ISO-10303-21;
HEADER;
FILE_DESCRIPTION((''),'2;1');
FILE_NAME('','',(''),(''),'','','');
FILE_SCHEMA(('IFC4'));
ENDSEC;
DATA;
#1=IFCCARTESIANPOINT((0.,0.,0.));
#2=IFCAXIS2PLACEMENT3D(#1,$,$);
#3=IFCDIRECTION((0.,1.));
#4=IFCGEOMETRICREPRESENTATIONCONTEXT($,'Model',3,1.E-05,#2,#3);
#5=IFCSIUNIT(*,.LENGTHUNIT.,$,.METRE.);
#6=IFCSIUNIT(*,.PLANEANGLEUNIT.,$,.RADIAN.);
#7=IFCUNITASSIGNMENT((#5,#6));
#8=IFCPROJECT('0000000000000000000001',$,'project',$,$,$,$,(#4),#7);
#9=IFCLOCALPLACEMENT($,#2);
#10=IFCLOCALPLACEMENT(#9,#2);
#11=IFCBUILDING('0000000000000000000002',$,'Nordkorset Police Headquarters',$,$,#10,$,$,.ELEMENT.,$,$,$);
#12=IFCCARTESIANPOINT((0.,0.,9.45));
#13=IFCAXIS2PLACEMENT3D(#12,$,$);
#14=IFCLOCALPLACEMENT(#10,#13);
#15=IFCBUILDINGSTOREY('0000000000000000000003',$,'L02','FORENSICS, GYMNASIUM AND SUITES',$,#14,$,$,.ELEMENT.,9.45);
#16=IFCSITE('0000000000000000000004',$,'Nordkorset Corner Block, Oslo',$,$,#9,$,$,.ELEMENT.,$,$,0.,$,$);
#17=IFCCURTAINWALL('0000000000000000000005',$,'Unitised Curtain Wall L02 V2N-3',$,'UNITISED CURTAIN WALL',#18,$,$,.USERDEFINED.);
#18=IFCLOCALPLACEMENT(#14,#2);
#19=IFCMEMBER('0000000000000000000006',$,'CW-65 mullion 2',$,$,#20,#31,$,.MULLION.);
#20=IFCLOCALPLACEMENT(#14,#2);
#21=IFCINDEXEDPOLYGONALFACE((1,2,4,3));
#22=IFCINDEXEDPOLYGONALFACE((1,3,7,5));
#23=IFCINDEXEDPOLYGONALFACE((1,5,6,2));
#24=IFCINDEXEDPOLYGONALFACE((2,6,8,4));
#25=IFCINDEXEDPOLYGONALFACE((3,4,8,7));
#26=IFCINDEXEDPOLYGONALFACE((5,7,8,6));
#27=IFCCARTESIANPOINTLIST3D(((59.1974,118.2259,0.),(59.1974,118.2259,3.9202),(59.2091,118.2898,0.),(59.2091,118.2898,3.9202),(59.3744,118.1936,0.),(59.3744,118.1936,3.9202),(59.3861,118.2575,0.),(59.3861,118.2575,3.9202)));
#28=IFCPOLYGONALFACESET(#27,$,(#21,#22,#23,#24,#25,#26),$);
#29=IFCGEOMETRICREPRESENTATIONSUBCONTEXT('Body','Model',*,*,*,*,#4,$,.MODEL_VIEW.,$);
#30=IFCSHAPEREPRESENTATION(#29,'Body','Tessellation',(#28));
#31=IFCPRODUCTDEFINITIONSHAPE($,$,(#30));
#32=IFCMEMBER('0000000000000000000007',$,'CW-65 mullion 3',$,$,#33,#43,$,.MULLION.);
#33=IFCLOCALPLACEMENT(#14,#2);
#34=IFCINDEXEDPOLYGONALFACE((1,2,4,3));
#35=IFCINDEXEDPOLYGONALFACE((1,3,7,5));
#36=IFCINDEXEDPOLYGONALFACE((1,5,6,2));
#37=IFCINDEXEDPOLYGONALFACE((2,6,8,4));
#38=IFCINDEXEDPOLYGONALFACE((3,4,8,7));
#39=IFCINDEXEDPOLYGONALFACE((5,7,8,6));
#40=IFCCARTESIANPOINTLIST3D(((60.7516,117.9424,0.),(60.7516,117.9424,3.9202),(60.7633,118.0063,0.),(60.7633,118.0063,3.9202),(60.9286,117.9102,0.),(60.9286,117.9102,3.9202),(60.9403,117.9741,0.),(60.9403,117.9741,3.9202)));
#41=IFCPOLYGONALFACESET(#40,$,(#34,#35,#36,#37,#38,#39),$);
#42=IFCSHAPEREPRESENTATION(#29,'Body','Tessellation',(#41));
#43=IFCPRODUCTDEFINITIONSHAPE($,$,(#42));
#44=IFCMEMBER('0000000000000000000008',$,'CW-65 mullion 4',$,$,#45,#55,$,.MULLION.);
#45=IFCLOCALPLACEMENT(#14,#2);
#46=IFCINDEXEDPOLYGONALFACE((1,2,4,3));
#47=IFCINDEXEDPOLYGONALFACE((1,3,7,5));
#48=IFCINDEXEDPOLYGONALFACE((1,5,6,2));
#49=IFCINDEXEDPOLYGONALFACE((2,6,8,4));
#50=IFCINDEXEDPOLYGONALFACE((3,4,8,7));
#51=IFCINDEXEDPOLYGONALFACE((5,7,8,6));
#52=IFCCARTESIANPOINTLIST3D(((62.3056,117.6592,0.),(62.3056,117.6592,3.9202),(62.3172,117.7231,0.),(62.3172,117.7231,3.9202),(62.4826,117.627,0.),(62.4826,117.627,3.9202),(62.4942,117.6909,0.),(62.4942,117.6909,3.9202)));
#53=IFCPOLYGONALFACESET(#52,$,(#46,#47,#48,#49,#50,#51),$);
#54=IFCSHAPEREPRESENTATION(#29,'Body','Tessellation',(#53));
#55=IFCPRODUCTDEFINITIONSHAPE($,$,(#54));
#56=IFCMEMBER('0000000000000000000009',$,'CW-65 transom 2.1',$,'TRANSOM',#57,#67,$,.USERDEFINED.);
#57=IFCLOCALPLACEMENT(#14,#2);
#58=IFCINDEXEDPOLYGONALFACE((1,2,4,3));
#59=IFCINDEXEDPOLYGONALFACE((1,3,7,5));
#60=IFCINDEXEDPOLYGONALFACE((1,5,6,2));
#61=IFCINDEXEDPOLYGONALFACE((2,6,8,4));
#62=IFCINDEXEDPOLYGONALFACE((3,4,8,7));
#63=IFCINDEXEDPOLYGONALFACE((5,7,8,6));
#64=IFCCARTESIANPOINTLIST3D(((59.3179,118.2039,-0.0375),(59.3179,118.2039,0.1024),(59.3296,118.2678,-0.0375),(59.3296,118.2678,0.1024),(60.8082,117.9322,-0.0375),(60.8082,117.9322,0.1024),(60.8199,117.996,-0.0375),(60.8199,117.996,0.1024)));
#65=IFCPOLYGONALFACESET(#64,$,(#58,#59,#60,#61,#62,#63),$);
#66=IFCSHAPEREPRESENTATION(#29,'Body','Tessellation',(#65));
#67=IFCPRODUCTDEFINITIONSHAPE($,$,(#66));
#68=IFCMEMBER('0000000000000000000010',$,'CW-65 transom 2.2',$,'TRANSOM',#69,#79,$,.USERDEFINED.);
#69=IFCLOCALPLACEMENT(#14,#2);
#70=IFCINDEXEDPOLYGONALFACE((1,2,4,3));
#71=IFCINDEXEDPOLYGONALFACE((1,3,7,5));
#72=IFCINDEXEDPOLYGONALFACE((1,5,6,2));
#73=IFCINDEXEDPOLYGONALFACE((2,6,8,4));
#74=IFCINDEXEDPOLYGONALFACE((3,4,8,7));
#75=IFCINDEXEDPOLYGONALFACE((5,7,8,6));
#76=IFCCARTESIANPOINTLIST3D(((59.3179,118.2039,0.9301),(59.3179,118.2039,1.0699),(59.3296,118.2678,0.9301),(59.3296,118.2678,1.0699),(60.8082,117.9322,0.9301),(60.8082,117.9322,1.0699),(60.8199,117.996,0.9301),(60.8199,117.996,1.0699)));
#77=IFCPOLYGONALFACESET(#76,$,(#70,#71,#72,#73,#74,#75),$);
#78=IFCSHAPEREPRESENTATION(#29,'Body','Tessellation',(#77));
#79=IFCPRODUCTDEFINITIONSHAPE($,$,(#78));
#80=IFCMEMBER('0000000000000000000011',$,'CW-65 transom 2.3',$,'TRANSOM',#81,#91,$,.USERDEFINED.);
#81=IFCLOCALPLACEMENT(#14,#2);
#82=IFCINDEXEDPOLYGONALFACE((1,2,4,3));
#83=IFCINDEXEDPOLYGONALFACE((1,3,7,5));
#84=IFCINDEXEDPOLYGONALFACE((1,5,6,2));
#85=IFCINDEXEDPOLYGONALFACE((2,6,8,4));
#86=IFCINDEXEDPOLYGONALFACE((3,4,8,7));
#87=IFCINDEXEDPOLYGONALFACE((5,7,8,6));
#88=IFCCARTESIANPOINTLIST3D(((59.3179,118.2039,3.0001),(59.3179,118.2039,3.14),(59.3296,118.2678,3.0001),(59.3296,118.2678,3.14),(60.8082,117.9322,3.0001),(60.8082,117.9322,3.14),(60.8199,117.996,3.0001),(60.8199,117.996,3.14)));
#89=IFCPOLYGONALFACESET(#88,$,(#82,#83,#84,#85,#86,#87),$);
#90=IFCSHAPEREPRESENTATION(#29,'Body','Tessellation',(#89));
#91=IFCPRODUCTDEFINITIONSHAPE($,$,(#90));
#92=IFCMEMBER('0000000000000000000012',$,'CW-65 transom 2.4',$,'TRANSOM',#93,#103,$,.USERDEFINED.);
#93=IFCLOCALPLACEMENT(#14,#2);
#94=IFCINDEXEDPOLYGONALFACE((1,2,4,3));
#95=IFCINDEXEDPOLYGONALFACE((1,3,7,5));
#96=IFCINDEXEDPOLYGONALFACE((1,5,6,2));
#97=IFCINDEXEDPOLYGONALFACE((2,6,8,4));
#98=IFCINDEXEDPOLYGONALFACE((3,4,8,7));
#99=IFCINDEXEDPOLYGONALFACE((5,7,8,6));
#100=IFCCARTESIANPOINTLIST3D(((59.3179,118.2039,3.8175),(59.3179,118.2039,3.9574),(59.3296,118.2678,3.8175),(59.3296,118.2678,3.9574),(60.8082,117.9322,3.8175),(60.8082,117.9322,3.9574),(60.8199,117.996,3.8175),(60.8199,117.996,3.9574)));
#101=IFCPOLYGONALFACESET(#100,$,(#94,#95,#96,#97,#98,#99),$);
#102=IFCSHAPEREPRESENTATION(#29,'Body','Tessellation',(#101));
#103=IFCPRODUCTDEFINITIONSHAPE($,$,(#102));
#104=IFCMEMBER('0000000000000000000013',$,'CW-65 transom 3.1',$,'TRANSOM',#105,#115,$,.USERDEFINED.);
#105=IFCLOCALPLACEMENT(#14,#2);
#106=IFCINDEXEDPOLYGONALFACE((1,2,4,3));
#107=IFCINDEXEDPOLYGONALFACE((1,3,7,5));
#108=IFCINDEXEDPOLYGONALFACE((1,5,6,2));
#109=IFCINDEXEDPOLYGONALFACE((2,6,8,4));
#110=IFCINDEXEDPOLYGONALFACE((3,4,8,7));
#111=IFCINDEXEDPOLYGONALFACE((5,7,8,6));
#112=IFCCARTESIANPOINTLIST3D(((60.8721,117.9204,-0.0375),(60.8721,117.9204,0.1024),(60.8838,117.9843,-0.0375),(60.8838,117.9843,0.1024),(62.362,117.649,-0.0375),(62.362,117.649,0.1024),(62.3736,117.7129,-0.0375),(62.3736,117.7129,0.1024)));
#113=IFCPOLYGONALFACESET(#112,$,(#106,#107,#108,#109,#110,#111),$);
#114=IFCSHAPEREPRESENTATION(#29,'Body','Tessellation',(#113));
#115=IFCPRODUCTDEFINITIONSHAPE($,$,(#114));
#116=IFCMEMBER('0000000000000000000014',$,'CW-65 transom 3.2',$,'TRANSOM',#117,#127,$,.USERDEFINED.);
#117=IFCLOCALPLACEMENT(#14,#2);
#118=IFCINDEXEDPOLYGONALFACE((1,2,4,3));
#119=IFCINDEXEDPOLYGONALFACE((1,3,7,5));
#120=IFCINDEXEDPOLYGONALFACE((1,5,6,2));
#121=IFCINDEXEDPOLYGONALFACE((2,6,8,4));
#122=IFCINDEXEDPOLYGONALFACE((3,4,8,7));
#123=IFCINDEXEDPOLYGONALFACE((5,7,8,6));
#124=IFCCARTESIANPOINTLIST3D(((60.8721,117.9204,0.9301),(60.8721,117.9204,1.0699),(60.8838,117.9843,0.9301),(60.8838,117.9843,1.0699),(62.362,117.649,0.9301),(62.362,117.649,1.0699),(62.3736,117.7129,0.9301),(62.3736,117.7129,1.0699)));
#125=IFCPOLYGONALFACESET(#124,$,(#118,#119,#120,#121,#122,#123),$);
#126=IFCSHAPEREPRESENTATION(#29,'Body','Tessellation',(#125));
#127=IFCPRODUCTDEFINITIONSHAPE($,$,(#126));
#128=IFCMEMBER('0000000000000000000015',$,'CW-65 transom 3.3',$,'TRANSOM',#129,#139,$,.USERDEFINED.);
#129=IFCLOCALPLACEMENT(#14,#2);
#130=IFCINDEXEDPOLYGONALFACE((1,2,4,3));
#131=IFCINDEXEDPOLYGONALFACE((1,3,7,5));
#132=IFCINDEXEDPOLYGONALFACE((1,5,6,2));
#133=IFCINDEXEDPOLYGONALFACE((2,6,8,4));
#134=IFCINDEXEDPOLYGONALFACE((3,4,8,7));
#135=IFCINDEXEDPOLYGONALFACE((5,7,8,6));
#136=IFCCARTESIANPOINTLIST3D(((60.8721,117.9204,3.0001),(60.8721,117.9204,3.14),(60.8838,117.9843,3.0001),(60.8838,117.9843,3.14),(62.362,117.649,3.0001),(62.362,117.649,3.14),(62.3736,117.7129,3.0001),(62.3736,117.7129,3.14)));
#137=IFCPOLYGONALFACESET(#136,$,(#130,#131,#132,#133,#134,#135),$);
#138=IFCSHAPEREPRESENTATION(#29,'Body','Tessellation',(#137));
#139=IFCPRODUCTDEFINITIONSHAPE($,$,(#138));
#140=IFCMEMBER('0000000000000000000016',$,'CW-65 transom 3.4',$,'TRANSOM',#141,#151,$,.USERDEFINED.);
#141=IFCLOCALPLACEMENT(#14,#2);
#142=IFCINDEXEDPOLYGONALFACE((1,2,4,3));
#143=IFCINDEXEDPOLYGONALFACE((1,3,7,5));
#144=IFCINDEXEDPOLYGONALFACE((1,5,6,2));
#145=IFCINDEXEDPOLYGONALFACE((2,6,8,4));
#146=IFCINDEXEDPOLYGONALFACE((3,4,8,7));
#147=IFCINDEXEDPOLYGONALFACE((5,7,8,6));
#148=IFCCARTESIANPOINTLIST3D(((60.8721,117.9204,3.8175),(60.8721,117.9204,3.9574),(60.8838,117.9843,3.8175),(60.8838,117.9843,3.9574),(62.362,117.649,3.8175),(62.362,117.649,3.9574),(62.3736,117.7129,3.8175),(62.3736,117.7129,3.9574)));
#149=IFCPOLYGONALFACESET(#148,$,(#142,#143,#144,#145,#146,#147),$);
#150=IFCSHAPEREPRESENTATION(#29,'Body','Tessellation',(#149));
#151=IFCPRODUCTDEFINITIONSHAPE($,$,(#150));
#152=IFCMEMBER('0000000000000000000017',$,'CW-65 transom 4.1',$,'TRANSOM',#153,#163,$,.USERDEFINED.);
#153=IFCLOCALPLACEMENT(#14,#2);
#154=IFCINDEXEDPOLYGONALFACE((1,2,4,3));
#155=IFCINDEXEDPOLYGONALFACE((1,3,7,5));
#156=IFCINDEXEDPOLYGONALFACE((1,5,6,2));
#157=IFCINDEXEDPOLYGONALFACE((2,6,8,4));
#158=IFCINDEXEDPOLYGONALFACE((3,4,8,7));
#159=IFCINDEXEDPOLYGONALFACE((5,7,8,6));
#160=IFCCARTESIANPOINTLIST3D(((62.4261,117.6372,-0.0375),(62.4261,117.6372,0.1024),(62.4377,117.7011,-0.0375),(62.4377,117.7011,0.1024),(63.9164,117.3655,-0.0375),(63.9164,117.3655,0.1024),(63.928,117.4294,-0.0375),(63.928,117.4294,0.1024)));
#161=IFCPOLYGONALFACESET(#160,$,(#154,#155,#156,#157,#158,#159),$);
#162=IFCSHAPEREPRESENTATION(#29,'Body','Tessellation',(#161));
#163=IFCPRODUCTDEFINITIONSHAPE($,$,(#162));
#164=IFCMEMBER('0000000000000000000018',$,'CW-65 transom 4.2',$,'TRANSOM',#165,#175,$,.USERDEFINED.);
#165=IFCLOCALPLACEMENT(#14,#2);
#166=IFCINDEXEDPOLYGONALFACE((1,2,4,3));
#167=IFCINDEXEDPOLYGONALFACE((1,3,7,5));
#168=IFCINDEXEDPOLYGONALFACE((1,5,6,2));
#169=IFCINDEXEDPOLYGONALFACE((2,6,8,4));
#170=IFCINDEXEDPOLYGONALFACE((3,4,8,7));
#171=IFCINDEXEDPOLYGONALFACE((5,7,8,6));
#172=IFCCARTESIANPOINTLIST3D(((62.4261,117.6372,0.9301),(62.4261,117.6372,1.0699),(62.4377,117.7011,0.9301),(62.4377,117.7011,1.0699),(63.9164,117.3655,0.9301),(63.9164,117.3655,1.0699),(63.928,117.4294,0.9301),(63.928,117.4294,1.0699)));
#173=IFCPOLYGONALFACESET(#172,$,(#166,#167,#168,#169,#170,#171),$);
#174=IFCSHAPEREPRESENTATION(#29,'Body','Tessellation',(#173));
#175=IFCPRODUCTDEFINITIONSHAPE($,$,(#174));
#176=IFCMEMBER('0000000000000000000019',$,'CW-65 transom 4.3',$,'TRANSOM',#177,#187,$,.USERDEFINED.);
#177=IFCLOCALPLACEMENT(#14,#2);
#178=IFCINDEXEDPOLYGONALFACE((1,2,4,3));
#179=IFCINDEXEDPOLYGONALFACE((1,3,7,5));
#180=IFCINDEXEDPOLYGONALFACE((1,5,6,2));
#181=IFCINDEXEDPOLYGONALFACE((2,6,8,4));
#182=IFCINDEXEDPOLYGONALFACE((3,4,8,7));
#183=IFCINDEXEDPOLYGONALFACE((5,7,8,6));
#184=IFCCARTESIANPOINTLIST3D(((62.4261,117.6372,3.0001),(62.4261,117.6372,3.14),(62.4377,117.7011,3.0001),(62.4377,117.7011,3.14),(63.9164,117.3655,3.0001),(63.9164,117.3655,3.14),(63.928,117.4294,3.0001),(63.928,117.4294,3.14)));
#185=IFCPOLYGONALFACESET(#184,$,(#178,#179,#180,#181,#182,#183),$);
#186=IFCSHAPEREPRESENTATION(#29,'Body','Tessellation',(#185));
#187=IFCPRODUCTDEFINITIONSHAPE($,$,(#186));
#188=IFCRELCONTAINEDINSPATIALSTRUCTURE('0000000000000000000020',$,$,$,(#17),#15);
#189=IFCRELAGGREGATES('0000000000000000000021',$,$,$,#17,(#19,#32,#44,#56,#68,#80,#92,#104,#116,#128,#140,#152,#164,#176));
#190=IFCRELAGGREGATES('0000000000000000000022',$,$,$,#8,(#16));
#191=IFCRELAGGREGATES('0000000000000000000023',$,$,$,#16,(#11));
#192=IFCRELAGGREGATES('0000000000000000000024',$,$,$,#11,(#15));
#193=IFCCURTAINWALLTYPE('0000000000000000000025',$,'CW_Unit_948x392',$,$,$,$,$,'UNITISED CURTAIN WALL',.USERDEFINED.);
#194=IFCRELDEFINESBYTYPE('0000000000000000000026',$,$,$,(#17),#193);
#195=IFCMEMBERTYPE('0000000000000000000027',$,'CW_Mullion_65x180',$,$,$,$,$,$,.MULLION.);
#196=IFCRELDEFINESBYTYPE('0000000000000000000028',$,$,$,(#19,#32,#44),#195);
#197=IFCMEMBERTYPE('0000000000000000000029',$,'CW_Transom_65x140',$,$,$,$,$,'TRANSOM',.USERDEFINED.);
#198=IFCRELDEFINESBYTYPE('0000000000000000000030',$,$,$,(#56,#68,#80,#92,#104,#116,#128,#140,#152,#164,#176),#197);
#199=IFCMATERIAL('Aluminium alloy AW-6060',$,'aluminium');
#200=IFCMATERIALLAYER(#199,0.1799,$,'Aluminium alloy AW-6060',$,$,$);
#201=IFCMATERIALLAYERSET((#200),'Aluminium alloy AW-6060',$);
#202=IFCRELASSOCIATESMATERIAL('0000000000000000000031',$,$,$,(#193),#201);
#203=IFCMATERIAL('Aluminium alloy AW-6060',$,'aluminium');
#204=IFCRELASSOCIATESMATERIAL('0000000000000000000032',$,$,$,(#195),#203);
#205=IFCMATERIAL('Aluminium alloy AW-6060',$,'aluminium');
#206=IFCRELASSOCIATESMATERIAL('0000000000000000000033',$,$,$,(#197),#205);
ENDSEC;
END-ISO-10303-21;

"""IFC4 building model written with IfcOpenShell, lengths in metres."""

from ifc_helpers import new_model, si_unit, direction, frame, origin, origin_2d, place, context, subcontext, project, spatial, rectangle, extrude, material, layer, layer_set, material_profile, profile_set, type_object, element, aggregate, save


model = new_model("IFC4")

# Units and contexts
model_context = context("Model", 3, precision=1e-05, world=origin(), true_north=direction((0.0, 1.0)))
body_context = subcontext(model_context, "Body", "Model", "MODEL_VIEW")
ifc_project = project(units=[si_unit("LENGTHUNIT", "METRE"), si_unit("PLANEANGLEUNIT", "RADIAN")], contexts=[model_context])

# Site, building, storey
site_placement = place(None, origin())
site = spatial("IfcSite", under=ifc_project, at=site_placement, Name="Nordkorset Corner Block, Oslo", CompositionType="ELEMENT", RefElevation=0.0)
building_placement = place(site_placement, origin())
building = spatial("IfcBuilding", under=site, at=building_placement, Name="Nordkorset Police Headquarters", CompositionType="ELEMENT")
storey_placement = place(building_placement, frame((0.0, 0.0, 9.45)))
storey = spatial("IfcBuildingStorey", under=building, at=storey_placement, Name="L02", Description="FORENSICS, GYMNASIUM AND SUITES", CompositionType="ELEMENT", Elevation=9.45)

# Curtain wall, members
ifc_material_1 = material(Name="Aluminium alloy AW-6060", Category="aluminium")
ifc_layer_1 = layer(ifc_material_1, 0.1799, Name="Aluminium alloy AW-6060")
ifc_layer_set_1 = layer_set([ifc_layer_1], Name="Aluminium alloy AW-6060")
curtain_wall_type = type_object("IfcCurtainWallType", Name="CW_Unit_948x392", ElementType="UNITISED CURTAIN WALL", PredefinedType="USERDEFINED", material=ifc_layer_set_1)
curtain_wall_placement = place(storey_placement, origin())
curtain_wall = element("IfcCurtainWall", 1, at=curtain_wall_placement, inside=storey, type_object=curtain_wall_type, Name="Unitised Curtain Wall L02 V2N-3", ObjectType="UNITISED CURTAIN WALL", PredefinedType="USERDEFINED")
ifc_material_2 = material(Name="Aluminium alloy AW-6060", Category="aluminium")
ifc_material_profile_1 = material_profile(ifc_material_2, rectangle(XDim=0.0649, YDim=0.1799, at=origin_2d()), Name="ALU MULL 65x180")
ifc_profile_set_1 = profile_set([ifc_material_profile_1], Name="Aluminium alloy AW-6060")
member_type_1 = type_object("IfcMemberType", Name="CW_Mullion_65x180", PredefinedType="MULLION", material=ifc_profile_set_1)
member_1_placement = place(storey_placement, frame((59.2917, 118.2417, 0.0), z_axis=(0.0, 0.0, 1.0), x_axis=(0.179336, 0.983788, 0.0)))
member_1 = element("IfcMember", 2, at=member_1_placement, type_object=member_type_1, Name="CW-65 mullion 2", PredefinedType="MULLION", context=body_context, shape_type="SweptSolid", body=[
    extrude(rectangle(XDim=0.0649, YDim=0.1799, at=origin_2d()), origin(), (0.0, 0.0, 1.0), 3.9202),
])
member_2_placement = place(storey_placement, frame((60.8459, 117.9583, 0.0), z_axis=(0.0, 0.0, 1.0), x_axis=(0.179336, 0.983788, 0.0)))
member_2 = element("IfcMember", 3, at=member_2_placement, type_object=member_type_1, Name="CW-65 mullion 3", PredefinedType="MULLION", context=body_context, shape_type="SweptSolid", body=[
    extrude(rectangle(XDim=0.0649, YDim=0.1799, at=origin_2d()), origin(), (0.0, 0.0, 1.0), 3.9202),
])
member_3_placement = place(storey_placement, frame((62.3999, 117.675, 0.0), z_axis=(0.0, 0.0, 1.0), x_axis=(0.179336, 0.983788, 0.0)))
member_3 = element("IfcMember", 4, at=member_3_placement, type_object=member_type_1, Name="CW-65 mullion 4", PredefinedType="MULLION", context=body_context, shape_type="SweptSolid", body=[
    extrude(rectangle(XDim=0.0649, YDim=0.1799, at=origin_2d()), origin(), (0.0, 0.0, 1.0), 3.9202),
])
ifc_material_3 = material(Name="Aluminium alloy AW-6060", Category="aluminium")
ifc_material_profile_2 = material_profile(ifc_material_3, rectangle(XDim=0.0649, YDim=0.1399, at=origin_2d()), Name="ALU TRAN 65x140")
ifc_profile_set_2 = profile_set([ifc_material_profile_2], Name="Aluminium alloy AW-6060")
member_type_2 = type_object("IfcMemberType", Name="CW_Transom_65x140", ElementType="TRANSOM", PredefinedType="USERDEFINED", material=ifc_profile_set_2)
member_4_placement = place(storey_placement, frame((59.3237, 118.2358, 0.0325), z_axis=(0.98378, -0.179382, 0.0), x_axis=(0.179382, 0.98378, 0.0)))
member_4 = element("IfcMember", 5, at=member_4_placement, type_object=member_type_2, Name="CW-65 transom 2.1", ObjectType="TRANSOM", PredefinedType="USERDEFINED", context=body_context, shape_type="SweptSolid", body=[
    extrude(rectangle(XDim=0.0649, YDim=0.1399, at=origin_2d()), origin(), (0.0, 0.0, 1.0), 1.5149),
])
member_5_placement = place(storey_placement, frame((59.3237, 118.2358, 1.0), z_axis=(0.98378, -0.179382, 0.0), x_axis=(0.179382, 0.98378, 0.0)))
member_5 = element("IfcMember", 6, at=member_5_placement, type_object=member_type_2, Name="CW-65 transom 2.2", ObjectType="TRANSOM", PredefinedType="USERDEFINED", context=body_context, shape_type="SweptSolid", body=[
    extrude(rectangle(XDim=0.0649, YDim=0.1399, at=origin_2d()), origin(), (0.0, 0.0, 1.0), 1.5149),
])
member_6_placement = place(storey_placement, frame((59.3237, 118.2358, 3.0701), z_axis=(0.98378, -0.179382, 0.0), x_axis=(0.179382, 0.98378, 0.0)))
member_6 = element("IfcMember", 7, at=member_6_placement, type_object=member_type_2, Name="CW-65 transom 2.3", ObjectType="TRANSOM", PredefinedType="USERDEFINED", context=body_context, shape_type="SweptSolid", body=[
    extrude(rectangle(XDim=0.0649, YDim=0.1399, at=origin_2d()), origin(), (0.0, 0.0, 1.0), 1.5149),
])
member_7_placement = place(storey_placement, frame((59.3237, 118.2358, 3.8875), z_axis=(0.98378, -0.179382, 0.0), x_axis=(0.179382, 0.98378, 0.0)))
member_7 = element("IfcMember", 8, at=member_7_placement, type_object=member_type_2, Name="CW-65 transom 2.4", ObjectType="TRANSOM", PredefinedType="USERDEFINED", context=body_context, shape_type="SweptSolid", body=[
    extrude(rectangle(XDim=0.0649, YDim=0.1399, at=origin_2d()), origin(), (0.0, 0.0, 1.0), 1.5149),
])
member_8_placement = place(storey_placement, frame((60.8779, 117.9524, 0.0325), z_axis=(0.983803, -0.179254, 0.0), x_axis=(0.179254, 0.983803, 0.0)))
member_8 = element("IfcMember", 9, at=member_8_placement, type_object=member_type_2, Name="CW-65 transom 3.1", ObjectType="TRANSOM", PredefinedType="USERDEFINED", context=body_context, shape_type="SweptSolid", body=[
    extrude(rectangle(XDim=0.0649, YDim=0.1399, at=origin_2d()), origin(), (0.0, 0.0, 1.0), 1.5144),
])
member_9_placement = place(storey_placement, frame((60.8779, 117.9524, 1.0), z_axis=(0.983803, -0.179254, 0.0), x_axis=(0.179254, 0.983803, 0.0)))
member_9 = element("IfcMember", 10, at=member_9_placement, type_object=member_type_2, Name="CW-65 transom 3.2", ObjectType="TRANSOM", PredefinedType="USERDEFINED", context=body_context, shape_type="SweptSolid", body=[
    extrude(rectangle(XDim=0.0649, YDim=0.1399, at=origin_2d()), origin(), (0.0, 0.0, 1.0), 1.5144),
])
member_10_placement = place(storey_placement, frame((60.8779, 117.9524, 3.0701), z_axis=(0.983803, -0.179254, 0.0), x_axis=(0.179254, 0.983803, 0.0)))
member_10 = element("IfcMember", 11, at=member_10_placement, type_object=member_type_2, Name="CW-65 transom 3.3", ObjectType="TRANSOM", PredefinedType="USERDEFINED", context=body_context, shape_type="SweptSolid", body=[
    extrude(rectangle(XDim=0.0649, YDim=0.1399, at=origin_2d()), origin(), (0.0, 0.0, 1.0), 1.5144),
])
member_11_placement = place(storey_placement, frame((60.8779, 117.9524, 3.8875), z_axis=(0.983803, -0.179254, 0.0), x_axis=(0.179254, 0.983803, 0.0)))
member_11 = element("IfcMember", 12, at=member_11_placement, type_object=member_type_2, Name="CW-65 transom 3.4", ObjectType="TRANSOM", PredefinedType="USERDEFINED", context=body_context, shape_type="SweptSolid", body=[
    extrude(rectangle(XDim=0.0649, YDim=0.1399, at=origin_2d()), origin(), (0.0, 0.0, 1.0), 1.5144),
])
member_12_placement = place(storey_placement, frame((62.4319, 117.6692, 0.0325), z_axis=(0.98378, -0.179382, 0.0), x_axis=(0.179382, 0.98378, 0.0)))
member_12 = element("IfcMember", 13, at=member_12_placement, type_object=member_type_2, Name="CW-65 transom 4.1", ObjectType="TRANSOM", PredefinedType="USERDEFINED", context=body_context, shape_type="SweptSolid", body=[
    extrude(rectangle(XDim=0.0649, YDim=0.1399, at=origin_2d()), origin(), (0.0, 0.0, 1.0), 1.5149),
])
member_13_placement = place(storey_placement, frame((62.4319, 117.6692, 1.0), z_axis=(0.98378, -0.179382, 0.0), x_axis=(0.179382, 0.98378, 0.0)))
member_13 = element("IfcMember", 14, at=member_13_placement, type_object=member_type_2, Name="CW-65 transom 4.2", ObjectType="TRANSOM", PredefinedType="USERDEFINED", context=body_context, shape_type="SweptSolid", body=[
    extrude(rectangle(XDim=0.0649, YDim=0.1399, at=origin_2d()), origin(), (0.0, 0.0, 1.0), 1.5149),
])
member_14_placement = place(storey_placement, frame((62.4319, 117.6692, 3.0701), z_axis=(0.98378, -0.179382, 0.0), x_axis=(0.179382, 0.98378, 0.0)))
member_14 = element("IfcMember", 15, at=member_14_placement, type_object=member_type_2, Name="CW-65 transom 4.3", ObjectType="TRANSOM", PredefinedType="USERDEFINED", context=body_context, shape_type="SweptSolid", body=[
    extrude(rectangle(XDim=0.0649, YDim=0.1399, at=origin_2d()), origin(), (0.0, 0.0, 1.0), 1.5149),
])
aggregate(curtain_wall, [member_1, member_2, member_3, member_4, member_5, member_6, member_7, member_8, member_9, member_10, member_11, member_12, member_13, member_14])

save(model, "model.ifc")
